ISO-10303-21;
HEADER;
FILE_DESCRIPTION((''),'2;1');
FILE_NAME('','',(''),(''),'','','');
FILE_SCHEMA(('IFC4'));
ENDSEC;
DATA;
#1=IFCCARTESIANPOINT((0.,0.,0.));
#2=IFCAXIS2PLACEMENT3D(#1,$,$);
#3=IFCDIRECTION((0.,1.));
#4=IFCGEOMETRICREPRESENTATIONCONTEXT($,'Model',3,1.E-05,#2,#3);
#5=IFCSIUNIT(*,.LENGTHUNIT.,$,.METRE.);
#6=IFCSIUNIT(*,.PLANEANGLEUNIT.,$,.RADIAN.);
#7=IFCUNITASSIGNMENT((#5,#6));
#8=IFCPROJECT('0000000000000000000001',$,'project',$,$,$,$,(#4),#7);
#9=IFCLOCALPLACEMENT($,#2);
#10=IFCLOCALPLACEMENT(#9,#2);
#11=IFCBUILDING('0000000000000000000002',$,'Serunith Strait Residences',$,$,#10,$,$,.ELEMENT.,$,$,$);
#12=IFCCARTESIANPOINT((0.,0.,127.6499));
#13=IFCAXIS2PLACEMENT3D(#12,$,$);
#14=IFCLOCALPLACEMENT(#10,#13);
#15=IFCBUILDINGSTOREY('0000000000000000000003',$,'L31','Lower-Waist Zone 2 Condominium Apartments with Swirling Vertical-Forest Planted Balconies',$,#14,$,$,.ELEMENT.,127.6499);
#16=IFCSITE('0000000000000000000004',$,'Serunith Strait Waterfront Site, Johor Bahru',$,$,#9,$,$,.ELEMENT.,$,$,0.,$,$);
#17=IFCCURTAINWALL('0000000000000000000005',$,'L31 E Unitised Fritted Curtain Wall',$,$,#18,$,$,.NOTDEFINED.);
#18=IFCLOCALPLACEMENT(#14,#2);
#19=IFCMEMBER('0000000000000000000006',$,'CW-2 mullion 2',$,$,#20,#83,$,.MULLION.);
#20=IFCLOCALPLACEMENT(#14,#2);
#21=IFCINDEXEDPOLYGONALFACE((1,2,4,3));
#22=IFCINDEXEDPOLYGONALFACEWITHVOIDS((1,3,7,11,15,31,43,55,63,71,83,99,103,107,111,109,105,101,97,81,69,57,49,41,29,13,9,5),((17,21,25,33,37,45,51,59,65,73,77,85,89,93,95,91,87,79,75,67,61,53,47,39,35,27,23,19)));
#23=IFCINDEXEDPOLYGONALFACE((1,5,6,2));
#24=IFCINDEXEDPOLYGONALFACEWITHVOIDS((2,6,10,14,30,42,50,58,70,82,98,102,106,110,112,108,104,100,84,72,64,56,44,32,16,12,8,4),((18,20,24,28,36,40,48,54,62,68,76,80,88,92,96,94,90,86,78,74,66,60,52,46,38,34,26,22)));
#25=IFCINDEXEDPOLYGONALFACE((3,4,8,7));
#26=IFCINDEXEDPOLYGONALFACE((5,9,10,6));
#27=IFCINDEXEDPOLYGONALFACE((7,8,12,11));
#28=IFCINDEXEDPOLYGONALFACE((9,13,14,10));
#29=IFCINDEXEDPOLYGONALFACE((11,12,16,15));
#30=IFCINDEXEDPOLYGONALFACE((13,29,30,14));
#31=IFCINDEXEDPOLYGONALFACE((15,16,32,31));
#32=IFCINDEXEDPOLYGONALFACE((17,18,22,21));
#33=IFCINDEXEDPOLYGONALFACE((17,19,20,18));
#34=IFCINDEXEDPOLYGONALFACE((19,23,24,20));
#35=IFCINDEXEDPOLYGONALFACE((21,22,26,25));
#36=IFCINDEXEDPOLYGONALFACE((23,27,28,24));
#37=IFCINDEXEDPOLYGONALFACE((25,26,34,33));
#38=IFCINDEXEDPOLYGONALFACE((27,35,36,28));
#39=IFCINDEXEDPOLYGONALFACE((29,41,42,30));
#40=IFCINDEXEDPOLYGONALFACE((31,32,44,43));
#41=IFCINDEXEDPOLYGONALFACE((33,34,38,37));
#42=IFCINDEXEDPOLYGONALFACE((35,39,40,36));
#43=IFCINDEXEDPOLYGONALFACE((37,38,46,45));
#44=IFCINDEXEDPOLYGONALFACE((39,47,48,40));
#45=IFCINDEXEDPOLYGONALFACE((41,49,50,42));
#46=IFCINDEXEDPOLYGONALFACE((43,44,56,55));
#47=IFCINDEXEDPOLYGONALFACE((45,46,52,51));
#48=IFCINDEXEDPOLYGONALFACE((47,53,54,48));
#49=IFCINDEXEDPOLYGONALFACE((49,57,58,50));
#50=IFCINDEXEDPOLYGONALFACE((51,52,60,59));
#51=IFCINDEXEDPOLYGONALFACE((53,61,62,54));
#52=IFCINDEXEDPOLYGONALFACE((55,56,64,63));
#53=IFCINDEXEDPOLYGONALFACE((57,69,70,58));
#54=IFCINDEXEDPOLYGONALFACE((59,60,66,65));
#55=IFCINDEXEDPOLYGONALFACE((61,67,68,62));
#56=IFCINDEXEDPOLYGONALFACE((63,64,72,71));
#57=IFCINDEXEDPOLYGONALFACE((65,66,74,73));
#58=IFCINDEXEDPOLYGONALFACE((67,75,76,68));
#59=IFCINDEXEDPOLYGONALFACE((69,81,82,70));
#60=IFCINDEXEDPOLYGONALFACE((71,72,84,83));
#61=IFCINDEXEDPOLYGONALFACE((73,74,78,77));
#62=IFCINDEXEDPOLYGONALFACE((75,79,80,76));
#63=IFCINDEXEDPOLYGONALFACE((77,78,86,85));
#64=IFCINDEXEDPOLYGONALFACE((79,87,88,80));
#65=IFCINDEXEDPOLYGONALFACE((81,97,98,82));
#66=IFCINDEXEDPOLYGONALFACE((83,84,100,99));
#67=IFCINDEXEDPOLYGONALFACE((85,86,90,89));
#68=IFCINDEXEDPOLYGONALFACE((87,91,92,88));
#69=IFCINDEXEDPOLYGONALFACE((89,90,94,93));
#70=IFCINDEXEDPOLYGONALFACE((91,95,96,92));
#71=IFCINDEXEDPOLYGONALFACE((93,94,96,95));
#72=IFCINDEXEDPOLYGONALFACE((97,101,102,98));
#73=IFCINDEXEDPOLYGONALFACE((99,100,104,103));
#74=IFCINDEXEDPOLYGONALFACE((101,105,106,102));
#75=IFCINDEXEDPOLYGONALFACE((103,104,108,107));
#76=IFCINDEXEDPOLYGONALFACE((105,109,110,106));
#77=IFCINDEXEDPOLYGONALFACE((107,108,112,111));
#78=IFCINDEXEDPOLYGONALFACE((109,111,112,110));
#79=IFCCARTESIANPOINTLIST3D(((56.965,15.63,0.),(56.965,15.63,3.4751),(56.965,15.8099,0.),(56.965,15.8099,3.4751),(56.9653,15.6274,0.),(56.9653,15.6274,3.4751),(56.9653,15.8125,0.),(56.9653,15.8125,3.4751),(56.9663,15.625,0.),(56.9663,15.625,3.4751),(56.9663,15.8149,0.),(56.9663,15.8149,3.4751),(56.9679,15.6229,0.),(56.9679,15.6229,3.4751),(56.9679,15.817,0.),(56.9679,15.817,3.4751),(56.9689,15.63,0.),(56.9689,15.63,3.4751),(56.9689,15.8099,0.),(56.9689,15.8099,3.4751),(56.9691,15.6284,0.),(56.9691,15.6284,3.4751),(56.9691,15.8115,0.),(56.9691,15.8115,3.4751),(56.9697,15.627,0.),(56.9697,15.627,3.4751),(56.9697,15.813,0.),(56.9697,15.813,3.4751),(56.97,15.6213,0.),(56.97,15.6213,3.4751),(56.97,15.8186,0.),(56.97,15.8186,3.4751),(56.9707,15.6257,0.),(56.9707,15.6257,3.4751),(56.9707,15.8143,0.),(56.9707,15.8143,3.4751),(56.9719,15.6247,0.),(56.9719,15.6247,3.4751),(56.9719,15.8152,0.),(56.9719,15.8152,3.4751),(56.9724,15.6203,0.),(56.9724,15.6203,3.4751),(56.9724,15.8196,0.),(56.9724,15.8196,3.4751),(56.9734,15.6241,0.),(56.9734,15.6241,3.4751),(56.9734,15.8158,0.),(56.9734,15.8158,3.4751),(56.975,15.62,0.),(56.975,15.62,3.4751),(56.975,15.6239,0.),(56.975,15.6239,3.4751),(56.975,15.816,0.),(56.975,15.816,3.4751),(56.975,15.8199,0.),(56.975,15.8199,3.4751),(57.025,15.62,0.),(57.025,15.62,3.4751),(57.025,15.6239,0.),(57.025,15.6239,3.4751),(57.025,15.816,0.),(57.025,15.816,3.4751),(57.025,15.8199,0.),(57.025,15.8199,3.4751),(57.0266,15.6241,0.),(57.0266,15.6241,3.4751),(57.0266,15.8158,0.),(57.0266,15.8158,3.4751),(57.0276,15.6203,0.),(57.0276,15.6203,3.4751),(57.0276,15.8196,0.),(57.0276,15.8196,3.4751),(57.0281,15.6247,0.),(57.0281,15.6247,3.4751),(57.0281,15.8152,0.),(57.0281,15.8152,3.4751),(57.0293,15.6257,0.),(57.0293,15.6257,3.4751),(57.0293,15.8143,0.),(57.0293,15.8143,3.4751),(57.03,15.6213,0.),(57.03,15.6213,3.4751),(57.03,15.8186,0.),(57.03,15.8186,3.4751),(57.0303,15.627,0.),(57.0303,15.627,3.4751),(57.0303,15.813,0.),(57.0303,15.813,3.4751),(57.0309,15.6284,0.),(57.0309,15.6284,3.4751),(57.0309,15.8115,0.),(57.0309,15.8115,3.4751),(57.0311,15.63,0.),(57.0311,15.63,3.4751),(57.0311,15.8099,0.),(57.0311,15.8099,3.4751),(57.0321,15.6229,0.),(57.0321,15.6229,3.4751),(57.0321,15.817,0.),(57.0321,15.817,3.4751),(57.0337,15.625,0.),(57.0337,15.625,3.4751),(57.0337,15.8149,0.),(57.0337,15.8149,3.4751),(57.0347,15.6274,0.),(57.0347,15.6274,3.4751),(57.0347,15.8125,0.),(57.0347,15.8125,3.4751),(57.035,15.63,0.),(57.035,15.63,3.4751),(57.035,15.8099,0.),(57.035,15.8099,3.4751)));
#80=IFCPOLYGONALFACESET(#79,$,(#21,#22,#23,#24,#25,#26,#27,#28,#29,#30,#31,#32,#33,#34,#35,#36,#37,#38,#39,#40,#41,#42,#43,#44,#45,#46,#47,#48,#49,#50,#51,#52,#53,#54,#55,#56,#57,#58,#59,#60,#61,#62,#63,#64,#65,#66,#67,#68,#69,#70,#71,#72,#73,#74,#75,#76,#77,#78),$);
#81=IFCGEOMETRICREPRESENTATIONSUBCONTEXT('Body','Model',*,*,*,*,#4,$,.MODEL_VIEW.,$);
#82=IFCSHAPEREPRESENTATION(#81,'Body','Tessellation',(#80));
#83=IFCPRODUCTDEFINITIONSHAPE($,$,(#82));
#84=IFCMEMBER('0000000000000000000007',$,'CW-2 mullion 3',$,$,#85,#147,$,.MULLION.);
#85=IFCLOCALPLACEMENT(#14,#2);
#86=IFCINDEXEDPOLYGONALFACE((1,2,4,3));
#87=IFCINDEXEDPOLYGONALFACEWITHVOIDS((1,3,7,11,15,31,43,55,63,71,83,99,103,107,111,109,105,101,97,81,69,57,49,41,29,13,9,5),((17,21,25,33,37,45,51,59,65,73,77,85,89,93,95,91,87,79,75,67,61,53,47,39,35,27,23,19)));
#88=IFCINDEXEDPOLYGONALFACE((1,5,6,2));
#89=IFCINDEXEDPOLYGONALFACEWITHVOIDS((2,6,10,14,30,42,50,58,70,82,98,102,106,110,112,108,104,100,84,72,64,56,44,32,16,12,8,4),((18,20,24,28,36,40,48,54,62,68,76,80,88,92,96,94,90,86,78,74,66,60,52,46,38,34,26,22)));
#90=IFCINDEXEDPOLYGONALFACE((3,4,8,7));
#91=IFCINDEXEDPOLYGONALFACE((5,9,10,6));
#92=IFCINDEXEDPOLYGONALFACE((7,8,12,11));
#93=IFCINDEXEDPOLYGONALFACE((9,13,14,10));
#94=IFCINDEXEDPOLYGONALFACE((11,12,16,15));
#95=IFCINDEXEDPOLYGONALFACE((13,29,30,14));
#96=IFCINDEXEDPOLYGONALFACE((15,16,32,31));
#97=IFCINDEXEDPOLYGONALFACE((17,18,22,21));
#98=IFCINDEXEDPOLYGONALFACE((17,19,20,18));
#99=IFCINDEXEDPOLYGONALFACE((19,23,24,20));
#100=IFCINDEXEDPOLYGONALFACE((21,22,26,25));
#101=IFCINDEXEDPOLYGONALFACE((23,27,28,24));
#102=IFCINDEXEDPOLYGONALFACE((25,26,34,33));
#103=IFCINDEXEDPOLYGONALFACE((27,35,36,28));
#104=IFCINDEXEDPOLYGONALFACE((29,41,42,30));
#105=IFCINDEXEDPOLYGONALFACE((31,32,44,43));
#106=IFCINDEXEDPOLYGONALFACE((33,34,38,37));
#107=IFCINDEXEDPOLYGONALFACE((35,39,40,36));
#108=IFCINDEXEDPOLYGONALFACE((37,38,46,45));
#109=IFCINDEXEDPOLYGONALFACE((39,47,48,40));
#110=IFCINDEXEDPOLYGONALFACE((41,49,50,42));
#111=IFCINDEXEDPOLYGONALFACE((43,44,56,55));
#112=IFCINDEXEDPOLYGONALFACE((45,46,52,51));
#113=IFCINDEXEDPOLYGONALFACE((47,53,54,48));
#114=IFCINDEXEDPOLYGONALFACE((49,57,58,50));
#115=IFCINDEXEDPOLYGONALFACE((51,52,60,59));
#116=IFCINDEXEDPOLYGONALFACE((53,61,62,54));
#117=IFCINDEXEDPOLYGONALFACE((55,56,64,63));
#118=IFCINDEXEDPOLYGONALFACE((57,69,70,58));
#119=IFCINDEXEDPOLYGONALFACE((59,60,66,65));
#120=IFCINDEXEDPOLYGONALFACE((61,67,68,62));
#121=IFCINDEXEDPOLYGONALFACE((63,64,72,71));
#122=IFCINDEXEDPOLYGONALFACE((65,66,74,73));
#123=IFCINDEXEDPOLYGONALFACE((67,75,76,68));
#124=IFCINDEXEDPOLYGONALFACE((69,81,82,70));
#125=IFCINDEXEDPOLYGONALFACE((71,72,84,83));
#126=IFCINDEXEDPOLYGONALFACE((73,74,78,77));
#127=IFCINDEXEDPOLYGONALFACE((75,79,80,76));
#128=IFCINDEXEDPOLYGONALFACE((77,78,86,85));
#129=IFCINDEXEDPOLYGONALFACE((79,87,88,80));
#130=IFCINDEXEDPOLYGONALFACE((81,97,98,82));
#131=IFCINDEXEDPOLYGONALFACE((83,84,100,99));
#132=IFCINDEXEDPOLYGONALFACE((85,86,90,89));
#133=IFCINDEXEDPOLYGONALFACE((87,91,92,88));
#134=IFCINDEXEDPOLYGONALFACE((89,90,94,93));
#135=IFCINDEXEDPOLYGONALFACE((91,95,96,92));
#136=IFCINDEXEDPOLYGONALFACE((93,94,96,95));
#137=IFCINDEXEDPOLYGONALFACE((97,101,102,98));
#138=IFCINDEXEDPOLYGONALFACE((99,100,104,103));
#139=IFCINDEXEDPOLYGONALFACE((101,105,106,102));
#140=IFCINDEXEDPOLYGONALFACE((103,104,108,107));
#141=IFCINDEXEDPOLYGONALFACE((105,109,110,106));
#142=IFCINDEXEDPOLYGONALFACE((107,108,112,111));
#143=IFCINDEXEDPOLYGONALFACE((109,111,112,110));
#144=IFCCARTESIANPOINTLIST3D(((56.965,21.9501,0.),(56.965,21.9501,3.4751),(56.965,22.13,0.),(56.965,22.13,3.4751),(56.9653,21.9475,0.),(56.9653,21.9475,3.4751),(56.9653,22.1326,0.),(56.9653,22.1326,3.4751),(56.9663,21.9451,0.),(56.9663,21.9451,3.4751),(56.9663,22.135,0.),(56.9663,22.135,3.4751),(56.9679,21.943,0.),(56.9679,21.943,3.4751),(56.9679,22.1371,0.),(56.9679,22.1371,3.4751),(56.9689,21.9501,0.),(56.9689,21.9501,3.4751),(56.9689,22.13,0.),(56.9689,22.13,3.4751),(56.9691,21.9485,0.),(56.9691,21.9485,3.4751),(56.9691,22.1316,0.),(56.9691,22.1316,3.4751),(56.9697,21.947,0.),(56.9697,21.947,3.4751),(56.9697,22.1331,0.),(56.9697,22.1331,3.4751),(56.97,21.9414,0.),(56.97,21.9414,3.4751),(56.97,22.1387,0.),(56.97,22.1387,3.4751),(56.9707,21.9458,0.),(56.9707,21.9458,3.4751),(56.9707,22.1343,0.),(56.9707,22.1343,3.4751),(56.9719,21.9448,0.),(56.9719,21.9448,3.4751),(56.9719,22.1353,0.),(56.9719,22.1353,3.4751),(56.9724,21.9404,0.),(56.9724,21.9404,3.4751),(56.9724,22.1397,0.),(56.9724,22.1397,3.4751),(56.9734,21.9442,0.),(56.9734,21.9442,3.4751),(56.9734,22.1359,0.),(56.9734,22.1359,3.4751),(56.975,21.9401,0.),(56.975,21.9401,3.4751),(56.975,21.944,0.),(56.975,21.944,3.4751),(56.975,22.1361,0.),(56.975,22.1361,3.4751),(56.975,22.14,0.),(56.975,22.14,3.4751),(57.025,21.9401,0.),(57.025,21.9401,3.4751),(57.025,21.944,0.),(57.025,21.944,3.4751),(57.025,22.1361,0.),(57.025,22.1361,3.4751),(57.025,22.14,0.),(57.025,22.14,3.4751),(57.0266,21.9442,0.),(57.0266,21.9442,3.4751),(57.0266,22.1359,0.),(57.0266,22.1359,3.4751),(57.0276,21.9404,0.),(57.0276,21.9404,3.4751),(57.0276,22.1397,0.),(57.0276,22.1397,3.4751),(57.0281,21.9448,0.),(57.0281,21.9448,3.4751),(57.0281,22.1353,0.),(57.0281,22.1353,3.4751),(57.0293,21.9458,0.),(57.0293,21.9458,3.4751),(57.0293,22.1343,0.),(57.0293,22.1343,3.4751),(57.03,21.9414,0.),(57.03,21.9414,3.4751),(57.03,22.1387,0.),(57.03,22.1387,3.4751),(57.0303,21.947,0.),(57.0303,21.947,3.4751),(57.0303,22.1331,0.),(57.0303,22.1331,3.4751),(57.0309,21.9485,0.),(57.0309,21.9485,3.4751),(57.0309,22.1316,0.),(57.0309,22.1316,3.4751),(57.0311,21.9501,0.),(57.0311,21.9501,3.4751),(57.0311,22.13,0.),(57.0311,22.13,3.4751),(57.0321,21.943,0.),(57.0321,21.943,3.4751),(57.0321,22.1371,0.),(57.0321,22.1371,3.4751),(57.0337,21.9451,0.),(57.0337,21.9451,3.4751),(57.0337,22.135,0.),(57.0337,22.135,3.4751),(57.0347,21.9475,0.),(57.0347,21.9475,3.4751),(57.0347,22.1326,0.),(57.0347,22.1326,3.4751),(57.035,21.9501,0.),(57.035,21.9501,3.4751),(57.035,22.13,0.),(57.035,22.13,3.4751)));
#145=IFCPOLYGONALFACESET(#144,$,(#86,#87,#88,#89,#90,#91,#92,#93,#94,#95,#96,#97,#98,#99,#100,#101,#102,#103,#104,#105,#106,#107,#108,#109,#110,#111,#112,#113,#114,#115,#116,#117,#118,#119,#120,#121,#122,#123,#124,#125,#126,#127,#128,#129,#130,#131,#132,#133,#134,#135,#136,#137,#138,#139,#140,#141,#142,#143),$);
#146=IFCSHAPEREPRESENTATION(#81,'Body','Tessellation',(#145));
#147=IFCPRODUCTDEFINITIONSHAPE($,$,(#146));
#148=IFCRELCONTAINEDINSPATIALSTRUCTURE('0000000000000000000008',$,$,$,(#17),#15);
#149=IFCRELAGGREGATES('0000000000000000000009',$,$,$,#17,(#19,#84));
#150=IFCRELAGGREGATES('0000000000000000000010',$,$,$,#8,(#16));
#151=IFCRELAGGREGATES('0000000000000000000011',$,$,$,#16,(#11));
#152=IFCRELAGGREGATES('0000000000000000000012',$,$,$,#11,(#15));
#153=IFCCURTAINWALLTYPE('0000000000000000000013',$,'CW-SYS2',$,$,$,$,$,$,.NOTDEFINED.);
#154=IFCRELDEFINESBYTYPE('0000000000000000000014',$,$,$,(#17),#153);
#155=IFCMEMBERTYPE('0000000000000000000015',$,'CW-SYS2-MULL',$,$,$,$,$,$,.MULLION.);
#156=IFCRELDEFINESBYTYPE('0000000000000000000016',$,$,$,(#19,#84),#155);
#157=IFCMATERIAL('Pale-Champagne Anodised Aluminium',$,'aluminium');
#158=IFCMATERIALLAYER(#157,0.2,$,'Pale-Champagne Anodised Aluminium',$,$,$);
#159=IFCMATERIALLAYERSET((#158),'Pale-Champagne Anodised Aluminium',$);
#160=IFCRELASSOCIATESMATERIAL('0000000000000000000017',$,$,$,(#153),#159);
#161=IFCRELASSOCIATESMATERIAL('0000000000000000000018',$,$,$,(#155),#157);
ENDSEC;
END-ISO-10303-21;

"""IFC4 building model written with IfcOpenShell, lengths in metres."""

from ifc_helpers import new_model, si_unit, direction, frame, origin, origin_2d, place, context, subcontext, project, spatial, hollow_rectangle, extrude, source, transform, mapped, material, layer, layer_set, material_profile, profile_set, type_object, element, aggregate, save


model = new_model("IFC4")

# Units and contexts
model_context = context("Model", 3, precision=1e-05, world=origin(), true_north=direction((0.0, 1.0)))
body_context = subcontext(model_context, "Body", "Model", "MODEL_VIEW")
ifc_project = project(units=[si_unit("LENGTHUNIT", "METRE"), si_unit("PLANEANGLEUNIT", "RADIAN")], contexts=[model_context])

# Site, building, storey
site_placement = place(None, origin())
site = spatial("IfcSite", under=ifc_project, at=site_placement, Name="Serunith Strait Waterfront Site, Johor Bahru", CompositionType="ELEMENT", RefElevation=0.0)
building_placement = place(site_placement, origin())
building = spatial("IfcBuilding", under=site, at=building_placement, Name="Serunith Strait Residences", CompositionType="ELEMENT")
storey_placement = place(building_placement, frame((0.0, 0.0, 127.6499)))
storey = spatial("IfcBuildingStorey", under=building, at=storey_placement, Name="L31", Description="Lower-Waist Zone 2 Condominium Apartments with Swirling Vertical-Forest Planted Balconies", CompositionType="ELEMENT", Elevation=127.6499)

# Curtain wall, members
ifc_material_1 = material(Name="Pale-Champagne Anodised Aluminium", Category="aluminium")
ifc_layer_1 = layer(ifc_material_1, 0.2, Name="Pale-Champagne Anodised Aluminium")
ifc_layer_set_1 = layer_set([ifc_layer_1], Name="Pale-Champagne Anodised Aluminium")
curtain_wall_type = type_object("IfcCurtainWallType", Name="CW-SYS2", PredefinedType="NOTDEFINED", material=ifc_layer_set_1)
curtain_wall_placement = place(storey_placement, origin())
curtain_wall = element("IfcCurtainWall", 1, at=curtain_wall_placement, inside=storey, type_object=curtain_wall_type, Name="L31 E Unitised Fritted Curtain Wall", PredefinedType="NOTDEFINED")
ifc_material_profile_1 = material_profile(ifc_material_1, hollow_rectangle(XDim=0.0701, YDim=0.2, WallThickness=0.0039, InnerFilletRadius=0.0061, OuterFilletRadius=0.01, at=origin_2d()), Name="ALU 200x70x4")
ifc_profile_set_1 = profile_set([ifc_material_profile_1], Name="Pale-Champagne Anodised Aluminium")
member_type_1 = type_object("IfcMemberType", Name="CW-SYS2-MULL", PredefinedType="MULLION", material=ifc_profile_set_1)
shared_shape_1 = source(origin(), body_context, "Body", "SweptSolid", [
    extrude(hollow_rectangle(XDim=0.0701, YDim=0.2, WallThickness=0.0039, InnerFilletRadius=0.0061, OuterFilletRadius=0.01, at=origin_2d()), origin(), (0.0, 0.0, 1.0), 3.4751),
])
member_1_placement = place(storey_placement, frame((57.0, 15.72, 0.0), z_axis=(0.0, 0.0, 1.0), x_axis=(-1.0, 0.0, 0.0)))
member_1 = element("IfcMember", 2, at=member_1_placement, type_object=member_type_1, Name="CW-2 mullion 2", PredefinedType="MULLION", context=body_context, shape_type="MappedRepresentation", body=[
    mapped(shared_shape_1, transform((0.0, 0.0, 0.0), scale=1.0)),
])
member_2_placement = place(storey_placement, frame((57.0, 22.04, 0.0), z_axis=(0.0, 0.0, 1.0), x_axis=(-1.0, 0.0, 0.0)))
member_2 = element("IfcMember", 3, at=member_2_placement, type_object=member_type_1, Name="CW-2 mullion 3", PredefinedType="MULLION", context=body_context, shape_type="MappedRepresentation", body=[
    mapped(shared_shape_1, transform((0.0, 0.0, 0.0), scale=1.0)),
])
aggregate(curtain_wall, [member_1, member_2])

save(model, "model.ifc")
